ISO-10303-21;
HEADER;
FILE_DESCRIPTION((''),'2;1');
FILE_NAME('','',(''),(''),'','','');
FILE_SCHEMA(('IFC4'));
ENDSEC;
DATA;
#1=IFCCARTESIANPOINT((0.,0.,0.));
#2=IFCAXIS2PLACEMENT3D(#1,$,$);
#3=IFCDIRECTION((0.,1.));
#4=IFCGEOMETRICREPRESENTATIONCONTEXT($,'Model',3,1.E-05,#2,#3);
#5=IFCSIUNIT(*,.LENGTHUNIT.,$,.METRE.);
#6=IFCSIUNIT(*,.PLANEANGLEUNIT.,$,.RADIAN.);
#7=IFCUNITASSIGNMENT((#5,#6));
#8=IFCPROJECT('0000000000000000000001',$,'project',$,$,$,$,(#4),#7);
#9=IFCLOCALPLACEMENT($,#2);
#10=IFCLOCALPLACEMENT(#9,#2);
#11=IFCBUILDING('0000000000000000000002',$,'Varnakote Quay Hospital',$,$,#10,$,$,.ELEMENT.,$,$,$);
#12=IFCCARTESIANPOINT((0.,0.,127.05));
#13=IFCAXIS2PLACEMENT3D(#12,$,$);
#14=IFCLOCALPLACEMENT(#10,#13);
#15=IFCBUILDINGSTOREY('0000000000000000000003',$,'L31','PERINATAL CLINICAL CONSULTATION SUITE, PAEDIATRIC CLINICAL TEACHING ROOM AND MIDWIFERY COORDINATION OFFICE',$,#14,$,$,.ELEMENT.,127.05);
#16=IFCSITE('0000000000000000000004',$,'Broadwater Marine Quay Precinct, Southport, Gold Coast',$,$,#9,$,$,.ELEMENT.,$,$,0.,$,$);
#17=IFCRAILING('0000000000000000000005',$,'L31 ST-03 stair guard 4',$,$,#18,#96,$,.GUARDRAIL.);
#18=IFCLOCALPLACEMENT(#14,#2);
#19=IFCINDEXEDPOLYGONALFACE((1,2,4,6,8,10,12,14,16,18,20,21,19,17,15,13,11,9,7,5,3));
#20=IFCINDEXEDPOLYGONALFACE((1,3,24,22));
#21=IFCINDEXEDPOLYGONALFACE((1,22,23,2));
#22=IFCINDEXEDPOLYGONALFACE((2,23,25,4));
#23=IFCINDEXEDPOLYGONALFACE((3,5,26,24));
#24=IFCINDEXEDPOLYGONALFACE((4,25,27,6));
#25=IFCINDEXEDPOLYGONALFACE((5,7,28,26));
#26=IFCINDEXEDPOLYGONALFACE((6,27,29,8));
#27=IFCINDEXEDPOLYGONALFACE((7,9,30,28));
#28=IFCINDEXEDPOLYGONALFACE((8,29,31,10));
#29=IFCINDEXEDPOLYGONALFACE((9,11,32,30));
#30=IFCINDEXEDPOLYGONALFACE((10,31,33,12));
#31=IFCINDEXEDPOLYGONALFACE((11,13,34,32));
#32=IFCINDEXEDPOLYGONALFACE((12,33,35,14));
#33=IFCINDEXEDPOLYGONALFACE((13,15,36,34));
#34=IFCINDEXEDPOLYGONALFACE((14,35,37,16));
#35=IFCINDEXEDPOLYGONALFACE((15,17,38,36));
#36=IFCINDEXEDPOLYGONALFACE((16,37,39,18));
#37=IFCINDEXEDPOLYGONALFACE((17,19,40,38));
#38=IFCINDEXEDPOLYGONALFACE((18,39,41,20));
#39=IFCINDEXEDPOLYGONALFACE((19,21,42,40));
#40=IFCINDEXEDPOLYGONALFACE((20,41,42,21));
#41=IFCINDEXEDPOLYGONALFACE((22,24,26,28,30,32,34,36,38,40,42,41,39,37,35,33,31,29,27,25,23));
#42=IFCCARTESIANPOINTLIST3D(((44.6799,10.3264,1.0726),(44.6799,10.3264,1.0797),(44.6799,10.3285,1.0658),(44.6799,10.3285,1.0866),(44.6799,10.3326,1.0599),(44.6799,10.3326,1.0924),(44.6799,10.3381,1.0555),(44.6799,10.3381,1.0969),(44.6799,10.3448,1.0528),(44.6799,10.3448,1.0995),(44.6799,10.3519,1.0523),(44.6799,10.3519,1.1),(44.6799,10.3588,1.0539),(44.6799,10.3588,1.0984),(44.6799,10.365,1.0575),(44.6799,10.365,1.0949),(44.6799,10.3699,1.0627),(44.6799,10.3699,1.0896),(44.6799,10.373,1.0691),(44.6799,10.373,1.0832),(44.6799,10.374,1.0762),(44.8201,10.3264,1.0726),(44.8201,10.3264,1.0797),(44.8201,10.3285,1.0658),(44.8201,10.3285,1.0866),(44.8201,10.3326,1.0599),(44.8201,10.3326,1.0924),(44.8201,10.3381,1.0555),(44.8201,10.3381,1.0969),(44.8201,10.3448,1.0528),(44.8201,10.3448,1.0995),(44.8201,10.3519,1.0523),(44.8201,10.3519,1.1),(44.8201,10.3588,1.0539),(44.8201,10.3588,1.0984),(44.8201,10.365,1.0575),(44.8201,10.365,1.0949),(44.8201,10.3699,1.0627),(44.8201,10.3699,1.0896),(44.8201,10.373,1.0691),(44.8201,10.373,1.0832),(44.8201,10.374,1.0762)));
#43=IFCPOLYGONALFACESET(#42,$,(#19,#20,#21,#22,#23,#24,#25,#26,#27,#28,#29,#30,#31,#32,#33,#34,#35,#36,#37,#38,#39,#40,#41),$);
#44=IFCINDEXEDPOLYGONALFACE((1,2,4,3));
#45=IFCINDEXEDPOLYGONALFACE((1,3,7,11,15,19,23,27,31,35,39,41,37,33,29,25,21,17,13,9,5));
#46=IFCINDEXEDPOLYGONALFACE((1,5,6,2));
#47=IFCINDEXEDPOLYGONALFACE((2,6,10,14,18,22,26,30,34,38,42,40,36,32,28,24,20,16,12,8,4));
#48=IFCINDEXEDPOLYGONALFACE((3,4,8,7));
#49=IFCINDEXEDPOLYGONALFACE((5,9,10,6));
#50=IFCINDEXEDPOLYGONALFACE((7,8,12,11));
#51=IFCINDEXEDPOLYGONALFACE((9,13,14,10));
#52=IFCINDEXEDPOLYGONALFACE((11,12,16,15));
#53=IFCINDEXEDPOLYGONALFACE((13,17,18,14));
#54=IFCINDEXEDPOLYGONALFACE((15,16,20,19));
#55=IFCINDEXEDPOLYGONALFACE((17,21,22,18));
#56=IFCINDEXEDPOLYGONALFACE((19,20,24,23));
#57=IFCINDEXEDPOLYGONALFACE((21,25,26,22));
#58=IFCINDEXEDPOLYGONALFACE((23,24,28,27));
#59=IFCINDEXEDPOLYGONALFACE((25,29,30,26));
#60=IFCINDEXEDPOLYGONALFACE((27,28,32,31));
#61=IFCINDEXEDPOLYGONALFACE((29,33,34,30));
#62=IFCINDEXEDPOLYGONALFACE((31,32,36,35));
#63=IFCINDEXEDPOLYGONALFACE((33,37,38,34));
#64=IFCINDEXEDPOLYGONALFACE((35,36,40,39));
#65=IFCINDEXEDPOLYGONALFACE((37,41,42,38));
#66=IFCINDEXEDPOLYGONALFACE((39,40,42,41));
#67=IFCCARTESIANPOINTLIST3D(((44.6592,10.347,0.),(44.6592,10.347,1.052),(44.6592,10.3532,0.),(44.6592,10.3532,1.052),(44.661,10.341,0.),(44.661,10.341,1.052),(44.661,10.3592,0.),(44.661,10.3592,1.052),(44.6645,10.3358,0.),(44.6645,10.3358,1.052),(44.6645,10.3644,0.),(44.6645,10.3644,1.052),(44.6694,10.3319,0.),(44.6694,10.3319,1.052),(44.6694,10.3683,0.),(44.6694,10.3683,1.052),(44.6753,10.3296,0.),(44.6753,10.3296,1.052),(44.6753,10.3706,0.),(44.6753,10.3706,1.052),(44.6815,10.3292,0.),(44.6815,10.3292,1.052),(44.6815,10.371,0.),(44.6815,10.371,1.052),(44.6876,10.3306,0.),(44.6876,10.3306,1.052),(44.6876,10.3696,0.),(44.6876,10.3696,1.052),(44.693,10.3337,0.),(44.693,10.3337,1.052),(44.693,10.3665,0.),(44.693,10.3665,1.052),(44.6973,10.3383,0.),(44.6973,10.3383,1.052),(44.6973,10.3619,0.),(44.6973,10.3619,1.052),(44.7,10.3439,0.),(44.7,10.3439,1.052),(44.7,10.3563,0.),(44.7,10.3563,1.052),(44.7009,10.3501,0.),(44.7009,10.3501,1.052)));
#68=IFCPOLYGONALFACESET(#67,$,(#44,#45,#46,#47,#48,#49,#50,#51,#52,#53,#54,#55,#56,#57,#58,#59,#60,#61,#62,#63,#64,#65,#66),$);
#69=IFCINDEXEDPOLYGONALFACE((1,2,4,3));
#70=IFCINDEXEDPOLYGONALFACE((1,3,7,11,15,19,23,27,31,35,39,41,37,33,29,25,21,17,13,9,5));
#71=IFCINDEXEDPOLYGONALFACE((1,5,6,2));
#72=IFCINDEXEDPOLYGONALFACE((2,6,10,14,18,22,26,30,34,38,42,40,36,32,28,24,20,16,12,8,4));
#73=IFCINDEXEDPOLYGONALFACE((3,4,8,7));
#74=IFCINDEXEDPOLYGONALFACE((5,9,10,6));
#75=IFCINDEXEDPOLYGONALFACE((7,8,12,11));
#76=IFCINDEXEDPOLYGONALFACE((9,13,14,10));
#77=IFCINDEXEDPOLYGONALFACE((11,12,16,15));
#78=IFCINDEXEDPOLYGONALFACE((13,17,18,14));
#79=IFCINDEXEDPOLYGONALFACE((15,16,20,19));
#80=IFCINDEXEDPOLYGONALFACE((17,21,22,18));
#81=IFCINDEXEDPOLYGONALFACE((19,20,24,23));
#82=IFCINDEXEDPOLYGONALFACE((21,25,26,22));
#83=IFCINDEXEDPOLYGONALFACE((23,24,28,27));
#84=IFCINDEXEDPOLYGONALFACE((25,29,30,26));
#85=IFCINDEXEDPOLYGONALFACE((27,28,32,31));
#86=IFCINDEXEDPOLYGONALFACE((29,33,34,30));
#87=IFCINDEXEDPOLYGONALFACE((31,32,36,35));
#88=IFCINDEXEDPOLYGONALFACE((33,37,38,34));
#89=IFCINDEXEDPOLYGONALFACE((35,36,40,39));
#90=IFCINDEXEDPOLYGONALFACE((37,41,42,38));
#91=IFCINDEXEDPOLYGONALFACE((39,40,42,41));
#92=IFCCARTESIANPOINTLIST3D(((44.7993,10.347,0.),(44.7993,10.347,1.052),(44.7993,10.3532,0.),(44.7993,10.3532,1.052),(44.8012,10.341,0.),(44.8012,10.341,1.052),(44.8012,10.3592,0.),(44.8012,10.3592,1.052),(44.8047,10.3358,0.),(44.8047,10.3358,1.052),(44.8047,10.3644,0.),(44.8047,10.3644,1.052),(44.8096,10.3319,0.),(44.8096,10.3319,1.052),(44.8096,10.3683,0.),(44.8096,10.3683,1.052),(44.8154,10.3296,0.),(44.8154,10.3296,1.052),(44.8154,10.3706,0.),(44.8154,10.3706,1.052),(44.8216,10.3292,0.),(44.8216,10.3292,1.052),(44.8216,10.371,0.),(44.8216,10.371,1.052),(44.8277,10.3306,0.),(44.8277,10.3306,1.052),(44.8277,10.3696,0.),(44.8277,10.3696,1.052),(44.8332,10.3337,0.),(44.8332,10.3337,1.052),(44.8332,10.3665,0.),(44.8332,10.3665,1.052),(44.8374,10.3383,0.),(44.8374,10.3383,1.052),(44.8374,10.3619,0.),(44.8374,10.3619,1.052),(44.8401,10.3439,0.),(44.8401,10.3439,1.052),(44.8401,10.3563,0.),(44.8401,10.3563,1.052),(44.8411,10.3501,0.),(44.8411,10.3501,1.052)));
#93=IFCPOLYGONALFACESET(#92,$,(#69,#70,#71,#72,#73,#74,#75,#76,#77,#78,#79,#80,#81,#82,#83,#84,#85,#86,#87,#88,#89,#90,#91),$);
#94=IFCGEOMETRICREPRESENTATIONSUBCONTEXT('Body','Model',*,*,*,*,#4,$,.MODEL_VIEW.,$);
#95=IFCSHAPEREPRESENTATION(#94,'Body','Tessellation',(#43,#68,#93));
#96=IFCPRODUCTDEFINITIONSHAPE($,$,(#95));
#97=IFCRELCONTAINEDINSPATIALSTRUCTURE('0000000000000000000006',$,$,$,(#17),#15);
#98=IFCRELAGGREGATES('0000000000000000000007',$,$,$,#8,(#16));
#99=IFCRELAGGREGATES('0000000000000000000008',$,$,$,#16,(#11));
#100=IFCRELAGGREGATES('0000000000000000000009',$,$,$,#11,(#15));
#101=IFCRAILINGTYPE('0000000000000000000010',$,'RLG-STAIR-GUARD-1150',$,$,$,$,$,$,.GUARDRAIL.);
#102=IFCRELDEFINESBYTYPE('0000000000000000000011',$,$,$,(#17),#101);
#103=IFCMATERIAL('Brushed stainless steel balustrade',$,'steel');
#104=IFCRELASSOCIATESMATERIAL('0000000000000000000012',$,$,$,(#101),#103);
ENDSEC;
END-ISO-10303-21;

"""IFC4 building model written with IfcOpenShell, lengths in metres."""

from ifc_helpers import new_model, si_unit, direction, frame, origin, origin_2d, place, context, subcontext, project, spatial, circle, extrude, material, type_object, element, save


model = new_model("IFC4")

# Units and contexts
model_context = context("Model", 3, precision=1e-05, world=origin(), true_north=direction((0.0, 1.0)))
body_context = subcontext(model_context, "Body", "Model", "MODEL_VIEW")
ifc_project = project(units=[si_unit("LENGTHUNIT", "METRE"), si_unit("PLANEANGLEUNIT", "RADIAN")], contexts=[model_context])

# Site, building, storey
site_placement = place(None, origin())
site = spatial("IfcSite", under=ifc_project, at=site_placement, Name="Broadwater Marine Quay Precinct, Southport, Gold Coast", CompositionType="ELEMENT", RefElevation=0.0)
building_placement = place(site_placement, origin())
building = spatial("IfcBuilding", under=site, at=building_placement, Name="Varnakote Quay Hospital", CompositionType="ELEMENT")
storey_placement = place(building_placement, frame((0.0, 0.0, 127.05)))
storey = spatial("IfcBuildingStorey", under=building, at=storey_placement, Name="L31", Description="PERINATAL CLINICAL CONSULTATION SUITE, PAEDIATRIC CLINICAL TEACHING ROOM AND MIDWIFERY COORDINATION OFFICE", CompositionType="ELEMENT", Elevation=127.05)

# Railing
ifc_material_1 = material(Name="Brushed stainless steel balustrade", Category="steel")
railing_type = type_object("IfcRailingType", Name="RLG-STAIR-GUARD-1150", PredefinedType="GUARDRAIL", material=ifc_material_1)
railing_1_placement = place(storey_placement, frame((44.6799, 10.3501, 0.0)))
element("IfcRailing", 1, at=railing_1_placement, inside=storey, type_object=railing_type, Name="L31 ST-03 stair guard 4", PredefinedType="GUARDRAIL", context=body_context, shape_type="SweptSolid", body=[
    extrude(circle(Radius=0.0239, at=origin_2d()), frame((0.0, 0.0, 1.0762), z_axis=(1.0, 0.0, 0.0), x_axis=(0.0, 1.0, 0.0)), (0.0, 0.0, 1.0), 0.1401),
    extrude(circle(Radius=0.021, at=origin_2d()), origin(), (0.0, 0.0, 1.0), 1.052),
    extrude(circle(Radius=0.021, at=origin_2d()), frame((0.1401, 0.0, 0.0)), (0.0, 0.0, 1.0), 1.052),
])

save(model, "model.ifc")
